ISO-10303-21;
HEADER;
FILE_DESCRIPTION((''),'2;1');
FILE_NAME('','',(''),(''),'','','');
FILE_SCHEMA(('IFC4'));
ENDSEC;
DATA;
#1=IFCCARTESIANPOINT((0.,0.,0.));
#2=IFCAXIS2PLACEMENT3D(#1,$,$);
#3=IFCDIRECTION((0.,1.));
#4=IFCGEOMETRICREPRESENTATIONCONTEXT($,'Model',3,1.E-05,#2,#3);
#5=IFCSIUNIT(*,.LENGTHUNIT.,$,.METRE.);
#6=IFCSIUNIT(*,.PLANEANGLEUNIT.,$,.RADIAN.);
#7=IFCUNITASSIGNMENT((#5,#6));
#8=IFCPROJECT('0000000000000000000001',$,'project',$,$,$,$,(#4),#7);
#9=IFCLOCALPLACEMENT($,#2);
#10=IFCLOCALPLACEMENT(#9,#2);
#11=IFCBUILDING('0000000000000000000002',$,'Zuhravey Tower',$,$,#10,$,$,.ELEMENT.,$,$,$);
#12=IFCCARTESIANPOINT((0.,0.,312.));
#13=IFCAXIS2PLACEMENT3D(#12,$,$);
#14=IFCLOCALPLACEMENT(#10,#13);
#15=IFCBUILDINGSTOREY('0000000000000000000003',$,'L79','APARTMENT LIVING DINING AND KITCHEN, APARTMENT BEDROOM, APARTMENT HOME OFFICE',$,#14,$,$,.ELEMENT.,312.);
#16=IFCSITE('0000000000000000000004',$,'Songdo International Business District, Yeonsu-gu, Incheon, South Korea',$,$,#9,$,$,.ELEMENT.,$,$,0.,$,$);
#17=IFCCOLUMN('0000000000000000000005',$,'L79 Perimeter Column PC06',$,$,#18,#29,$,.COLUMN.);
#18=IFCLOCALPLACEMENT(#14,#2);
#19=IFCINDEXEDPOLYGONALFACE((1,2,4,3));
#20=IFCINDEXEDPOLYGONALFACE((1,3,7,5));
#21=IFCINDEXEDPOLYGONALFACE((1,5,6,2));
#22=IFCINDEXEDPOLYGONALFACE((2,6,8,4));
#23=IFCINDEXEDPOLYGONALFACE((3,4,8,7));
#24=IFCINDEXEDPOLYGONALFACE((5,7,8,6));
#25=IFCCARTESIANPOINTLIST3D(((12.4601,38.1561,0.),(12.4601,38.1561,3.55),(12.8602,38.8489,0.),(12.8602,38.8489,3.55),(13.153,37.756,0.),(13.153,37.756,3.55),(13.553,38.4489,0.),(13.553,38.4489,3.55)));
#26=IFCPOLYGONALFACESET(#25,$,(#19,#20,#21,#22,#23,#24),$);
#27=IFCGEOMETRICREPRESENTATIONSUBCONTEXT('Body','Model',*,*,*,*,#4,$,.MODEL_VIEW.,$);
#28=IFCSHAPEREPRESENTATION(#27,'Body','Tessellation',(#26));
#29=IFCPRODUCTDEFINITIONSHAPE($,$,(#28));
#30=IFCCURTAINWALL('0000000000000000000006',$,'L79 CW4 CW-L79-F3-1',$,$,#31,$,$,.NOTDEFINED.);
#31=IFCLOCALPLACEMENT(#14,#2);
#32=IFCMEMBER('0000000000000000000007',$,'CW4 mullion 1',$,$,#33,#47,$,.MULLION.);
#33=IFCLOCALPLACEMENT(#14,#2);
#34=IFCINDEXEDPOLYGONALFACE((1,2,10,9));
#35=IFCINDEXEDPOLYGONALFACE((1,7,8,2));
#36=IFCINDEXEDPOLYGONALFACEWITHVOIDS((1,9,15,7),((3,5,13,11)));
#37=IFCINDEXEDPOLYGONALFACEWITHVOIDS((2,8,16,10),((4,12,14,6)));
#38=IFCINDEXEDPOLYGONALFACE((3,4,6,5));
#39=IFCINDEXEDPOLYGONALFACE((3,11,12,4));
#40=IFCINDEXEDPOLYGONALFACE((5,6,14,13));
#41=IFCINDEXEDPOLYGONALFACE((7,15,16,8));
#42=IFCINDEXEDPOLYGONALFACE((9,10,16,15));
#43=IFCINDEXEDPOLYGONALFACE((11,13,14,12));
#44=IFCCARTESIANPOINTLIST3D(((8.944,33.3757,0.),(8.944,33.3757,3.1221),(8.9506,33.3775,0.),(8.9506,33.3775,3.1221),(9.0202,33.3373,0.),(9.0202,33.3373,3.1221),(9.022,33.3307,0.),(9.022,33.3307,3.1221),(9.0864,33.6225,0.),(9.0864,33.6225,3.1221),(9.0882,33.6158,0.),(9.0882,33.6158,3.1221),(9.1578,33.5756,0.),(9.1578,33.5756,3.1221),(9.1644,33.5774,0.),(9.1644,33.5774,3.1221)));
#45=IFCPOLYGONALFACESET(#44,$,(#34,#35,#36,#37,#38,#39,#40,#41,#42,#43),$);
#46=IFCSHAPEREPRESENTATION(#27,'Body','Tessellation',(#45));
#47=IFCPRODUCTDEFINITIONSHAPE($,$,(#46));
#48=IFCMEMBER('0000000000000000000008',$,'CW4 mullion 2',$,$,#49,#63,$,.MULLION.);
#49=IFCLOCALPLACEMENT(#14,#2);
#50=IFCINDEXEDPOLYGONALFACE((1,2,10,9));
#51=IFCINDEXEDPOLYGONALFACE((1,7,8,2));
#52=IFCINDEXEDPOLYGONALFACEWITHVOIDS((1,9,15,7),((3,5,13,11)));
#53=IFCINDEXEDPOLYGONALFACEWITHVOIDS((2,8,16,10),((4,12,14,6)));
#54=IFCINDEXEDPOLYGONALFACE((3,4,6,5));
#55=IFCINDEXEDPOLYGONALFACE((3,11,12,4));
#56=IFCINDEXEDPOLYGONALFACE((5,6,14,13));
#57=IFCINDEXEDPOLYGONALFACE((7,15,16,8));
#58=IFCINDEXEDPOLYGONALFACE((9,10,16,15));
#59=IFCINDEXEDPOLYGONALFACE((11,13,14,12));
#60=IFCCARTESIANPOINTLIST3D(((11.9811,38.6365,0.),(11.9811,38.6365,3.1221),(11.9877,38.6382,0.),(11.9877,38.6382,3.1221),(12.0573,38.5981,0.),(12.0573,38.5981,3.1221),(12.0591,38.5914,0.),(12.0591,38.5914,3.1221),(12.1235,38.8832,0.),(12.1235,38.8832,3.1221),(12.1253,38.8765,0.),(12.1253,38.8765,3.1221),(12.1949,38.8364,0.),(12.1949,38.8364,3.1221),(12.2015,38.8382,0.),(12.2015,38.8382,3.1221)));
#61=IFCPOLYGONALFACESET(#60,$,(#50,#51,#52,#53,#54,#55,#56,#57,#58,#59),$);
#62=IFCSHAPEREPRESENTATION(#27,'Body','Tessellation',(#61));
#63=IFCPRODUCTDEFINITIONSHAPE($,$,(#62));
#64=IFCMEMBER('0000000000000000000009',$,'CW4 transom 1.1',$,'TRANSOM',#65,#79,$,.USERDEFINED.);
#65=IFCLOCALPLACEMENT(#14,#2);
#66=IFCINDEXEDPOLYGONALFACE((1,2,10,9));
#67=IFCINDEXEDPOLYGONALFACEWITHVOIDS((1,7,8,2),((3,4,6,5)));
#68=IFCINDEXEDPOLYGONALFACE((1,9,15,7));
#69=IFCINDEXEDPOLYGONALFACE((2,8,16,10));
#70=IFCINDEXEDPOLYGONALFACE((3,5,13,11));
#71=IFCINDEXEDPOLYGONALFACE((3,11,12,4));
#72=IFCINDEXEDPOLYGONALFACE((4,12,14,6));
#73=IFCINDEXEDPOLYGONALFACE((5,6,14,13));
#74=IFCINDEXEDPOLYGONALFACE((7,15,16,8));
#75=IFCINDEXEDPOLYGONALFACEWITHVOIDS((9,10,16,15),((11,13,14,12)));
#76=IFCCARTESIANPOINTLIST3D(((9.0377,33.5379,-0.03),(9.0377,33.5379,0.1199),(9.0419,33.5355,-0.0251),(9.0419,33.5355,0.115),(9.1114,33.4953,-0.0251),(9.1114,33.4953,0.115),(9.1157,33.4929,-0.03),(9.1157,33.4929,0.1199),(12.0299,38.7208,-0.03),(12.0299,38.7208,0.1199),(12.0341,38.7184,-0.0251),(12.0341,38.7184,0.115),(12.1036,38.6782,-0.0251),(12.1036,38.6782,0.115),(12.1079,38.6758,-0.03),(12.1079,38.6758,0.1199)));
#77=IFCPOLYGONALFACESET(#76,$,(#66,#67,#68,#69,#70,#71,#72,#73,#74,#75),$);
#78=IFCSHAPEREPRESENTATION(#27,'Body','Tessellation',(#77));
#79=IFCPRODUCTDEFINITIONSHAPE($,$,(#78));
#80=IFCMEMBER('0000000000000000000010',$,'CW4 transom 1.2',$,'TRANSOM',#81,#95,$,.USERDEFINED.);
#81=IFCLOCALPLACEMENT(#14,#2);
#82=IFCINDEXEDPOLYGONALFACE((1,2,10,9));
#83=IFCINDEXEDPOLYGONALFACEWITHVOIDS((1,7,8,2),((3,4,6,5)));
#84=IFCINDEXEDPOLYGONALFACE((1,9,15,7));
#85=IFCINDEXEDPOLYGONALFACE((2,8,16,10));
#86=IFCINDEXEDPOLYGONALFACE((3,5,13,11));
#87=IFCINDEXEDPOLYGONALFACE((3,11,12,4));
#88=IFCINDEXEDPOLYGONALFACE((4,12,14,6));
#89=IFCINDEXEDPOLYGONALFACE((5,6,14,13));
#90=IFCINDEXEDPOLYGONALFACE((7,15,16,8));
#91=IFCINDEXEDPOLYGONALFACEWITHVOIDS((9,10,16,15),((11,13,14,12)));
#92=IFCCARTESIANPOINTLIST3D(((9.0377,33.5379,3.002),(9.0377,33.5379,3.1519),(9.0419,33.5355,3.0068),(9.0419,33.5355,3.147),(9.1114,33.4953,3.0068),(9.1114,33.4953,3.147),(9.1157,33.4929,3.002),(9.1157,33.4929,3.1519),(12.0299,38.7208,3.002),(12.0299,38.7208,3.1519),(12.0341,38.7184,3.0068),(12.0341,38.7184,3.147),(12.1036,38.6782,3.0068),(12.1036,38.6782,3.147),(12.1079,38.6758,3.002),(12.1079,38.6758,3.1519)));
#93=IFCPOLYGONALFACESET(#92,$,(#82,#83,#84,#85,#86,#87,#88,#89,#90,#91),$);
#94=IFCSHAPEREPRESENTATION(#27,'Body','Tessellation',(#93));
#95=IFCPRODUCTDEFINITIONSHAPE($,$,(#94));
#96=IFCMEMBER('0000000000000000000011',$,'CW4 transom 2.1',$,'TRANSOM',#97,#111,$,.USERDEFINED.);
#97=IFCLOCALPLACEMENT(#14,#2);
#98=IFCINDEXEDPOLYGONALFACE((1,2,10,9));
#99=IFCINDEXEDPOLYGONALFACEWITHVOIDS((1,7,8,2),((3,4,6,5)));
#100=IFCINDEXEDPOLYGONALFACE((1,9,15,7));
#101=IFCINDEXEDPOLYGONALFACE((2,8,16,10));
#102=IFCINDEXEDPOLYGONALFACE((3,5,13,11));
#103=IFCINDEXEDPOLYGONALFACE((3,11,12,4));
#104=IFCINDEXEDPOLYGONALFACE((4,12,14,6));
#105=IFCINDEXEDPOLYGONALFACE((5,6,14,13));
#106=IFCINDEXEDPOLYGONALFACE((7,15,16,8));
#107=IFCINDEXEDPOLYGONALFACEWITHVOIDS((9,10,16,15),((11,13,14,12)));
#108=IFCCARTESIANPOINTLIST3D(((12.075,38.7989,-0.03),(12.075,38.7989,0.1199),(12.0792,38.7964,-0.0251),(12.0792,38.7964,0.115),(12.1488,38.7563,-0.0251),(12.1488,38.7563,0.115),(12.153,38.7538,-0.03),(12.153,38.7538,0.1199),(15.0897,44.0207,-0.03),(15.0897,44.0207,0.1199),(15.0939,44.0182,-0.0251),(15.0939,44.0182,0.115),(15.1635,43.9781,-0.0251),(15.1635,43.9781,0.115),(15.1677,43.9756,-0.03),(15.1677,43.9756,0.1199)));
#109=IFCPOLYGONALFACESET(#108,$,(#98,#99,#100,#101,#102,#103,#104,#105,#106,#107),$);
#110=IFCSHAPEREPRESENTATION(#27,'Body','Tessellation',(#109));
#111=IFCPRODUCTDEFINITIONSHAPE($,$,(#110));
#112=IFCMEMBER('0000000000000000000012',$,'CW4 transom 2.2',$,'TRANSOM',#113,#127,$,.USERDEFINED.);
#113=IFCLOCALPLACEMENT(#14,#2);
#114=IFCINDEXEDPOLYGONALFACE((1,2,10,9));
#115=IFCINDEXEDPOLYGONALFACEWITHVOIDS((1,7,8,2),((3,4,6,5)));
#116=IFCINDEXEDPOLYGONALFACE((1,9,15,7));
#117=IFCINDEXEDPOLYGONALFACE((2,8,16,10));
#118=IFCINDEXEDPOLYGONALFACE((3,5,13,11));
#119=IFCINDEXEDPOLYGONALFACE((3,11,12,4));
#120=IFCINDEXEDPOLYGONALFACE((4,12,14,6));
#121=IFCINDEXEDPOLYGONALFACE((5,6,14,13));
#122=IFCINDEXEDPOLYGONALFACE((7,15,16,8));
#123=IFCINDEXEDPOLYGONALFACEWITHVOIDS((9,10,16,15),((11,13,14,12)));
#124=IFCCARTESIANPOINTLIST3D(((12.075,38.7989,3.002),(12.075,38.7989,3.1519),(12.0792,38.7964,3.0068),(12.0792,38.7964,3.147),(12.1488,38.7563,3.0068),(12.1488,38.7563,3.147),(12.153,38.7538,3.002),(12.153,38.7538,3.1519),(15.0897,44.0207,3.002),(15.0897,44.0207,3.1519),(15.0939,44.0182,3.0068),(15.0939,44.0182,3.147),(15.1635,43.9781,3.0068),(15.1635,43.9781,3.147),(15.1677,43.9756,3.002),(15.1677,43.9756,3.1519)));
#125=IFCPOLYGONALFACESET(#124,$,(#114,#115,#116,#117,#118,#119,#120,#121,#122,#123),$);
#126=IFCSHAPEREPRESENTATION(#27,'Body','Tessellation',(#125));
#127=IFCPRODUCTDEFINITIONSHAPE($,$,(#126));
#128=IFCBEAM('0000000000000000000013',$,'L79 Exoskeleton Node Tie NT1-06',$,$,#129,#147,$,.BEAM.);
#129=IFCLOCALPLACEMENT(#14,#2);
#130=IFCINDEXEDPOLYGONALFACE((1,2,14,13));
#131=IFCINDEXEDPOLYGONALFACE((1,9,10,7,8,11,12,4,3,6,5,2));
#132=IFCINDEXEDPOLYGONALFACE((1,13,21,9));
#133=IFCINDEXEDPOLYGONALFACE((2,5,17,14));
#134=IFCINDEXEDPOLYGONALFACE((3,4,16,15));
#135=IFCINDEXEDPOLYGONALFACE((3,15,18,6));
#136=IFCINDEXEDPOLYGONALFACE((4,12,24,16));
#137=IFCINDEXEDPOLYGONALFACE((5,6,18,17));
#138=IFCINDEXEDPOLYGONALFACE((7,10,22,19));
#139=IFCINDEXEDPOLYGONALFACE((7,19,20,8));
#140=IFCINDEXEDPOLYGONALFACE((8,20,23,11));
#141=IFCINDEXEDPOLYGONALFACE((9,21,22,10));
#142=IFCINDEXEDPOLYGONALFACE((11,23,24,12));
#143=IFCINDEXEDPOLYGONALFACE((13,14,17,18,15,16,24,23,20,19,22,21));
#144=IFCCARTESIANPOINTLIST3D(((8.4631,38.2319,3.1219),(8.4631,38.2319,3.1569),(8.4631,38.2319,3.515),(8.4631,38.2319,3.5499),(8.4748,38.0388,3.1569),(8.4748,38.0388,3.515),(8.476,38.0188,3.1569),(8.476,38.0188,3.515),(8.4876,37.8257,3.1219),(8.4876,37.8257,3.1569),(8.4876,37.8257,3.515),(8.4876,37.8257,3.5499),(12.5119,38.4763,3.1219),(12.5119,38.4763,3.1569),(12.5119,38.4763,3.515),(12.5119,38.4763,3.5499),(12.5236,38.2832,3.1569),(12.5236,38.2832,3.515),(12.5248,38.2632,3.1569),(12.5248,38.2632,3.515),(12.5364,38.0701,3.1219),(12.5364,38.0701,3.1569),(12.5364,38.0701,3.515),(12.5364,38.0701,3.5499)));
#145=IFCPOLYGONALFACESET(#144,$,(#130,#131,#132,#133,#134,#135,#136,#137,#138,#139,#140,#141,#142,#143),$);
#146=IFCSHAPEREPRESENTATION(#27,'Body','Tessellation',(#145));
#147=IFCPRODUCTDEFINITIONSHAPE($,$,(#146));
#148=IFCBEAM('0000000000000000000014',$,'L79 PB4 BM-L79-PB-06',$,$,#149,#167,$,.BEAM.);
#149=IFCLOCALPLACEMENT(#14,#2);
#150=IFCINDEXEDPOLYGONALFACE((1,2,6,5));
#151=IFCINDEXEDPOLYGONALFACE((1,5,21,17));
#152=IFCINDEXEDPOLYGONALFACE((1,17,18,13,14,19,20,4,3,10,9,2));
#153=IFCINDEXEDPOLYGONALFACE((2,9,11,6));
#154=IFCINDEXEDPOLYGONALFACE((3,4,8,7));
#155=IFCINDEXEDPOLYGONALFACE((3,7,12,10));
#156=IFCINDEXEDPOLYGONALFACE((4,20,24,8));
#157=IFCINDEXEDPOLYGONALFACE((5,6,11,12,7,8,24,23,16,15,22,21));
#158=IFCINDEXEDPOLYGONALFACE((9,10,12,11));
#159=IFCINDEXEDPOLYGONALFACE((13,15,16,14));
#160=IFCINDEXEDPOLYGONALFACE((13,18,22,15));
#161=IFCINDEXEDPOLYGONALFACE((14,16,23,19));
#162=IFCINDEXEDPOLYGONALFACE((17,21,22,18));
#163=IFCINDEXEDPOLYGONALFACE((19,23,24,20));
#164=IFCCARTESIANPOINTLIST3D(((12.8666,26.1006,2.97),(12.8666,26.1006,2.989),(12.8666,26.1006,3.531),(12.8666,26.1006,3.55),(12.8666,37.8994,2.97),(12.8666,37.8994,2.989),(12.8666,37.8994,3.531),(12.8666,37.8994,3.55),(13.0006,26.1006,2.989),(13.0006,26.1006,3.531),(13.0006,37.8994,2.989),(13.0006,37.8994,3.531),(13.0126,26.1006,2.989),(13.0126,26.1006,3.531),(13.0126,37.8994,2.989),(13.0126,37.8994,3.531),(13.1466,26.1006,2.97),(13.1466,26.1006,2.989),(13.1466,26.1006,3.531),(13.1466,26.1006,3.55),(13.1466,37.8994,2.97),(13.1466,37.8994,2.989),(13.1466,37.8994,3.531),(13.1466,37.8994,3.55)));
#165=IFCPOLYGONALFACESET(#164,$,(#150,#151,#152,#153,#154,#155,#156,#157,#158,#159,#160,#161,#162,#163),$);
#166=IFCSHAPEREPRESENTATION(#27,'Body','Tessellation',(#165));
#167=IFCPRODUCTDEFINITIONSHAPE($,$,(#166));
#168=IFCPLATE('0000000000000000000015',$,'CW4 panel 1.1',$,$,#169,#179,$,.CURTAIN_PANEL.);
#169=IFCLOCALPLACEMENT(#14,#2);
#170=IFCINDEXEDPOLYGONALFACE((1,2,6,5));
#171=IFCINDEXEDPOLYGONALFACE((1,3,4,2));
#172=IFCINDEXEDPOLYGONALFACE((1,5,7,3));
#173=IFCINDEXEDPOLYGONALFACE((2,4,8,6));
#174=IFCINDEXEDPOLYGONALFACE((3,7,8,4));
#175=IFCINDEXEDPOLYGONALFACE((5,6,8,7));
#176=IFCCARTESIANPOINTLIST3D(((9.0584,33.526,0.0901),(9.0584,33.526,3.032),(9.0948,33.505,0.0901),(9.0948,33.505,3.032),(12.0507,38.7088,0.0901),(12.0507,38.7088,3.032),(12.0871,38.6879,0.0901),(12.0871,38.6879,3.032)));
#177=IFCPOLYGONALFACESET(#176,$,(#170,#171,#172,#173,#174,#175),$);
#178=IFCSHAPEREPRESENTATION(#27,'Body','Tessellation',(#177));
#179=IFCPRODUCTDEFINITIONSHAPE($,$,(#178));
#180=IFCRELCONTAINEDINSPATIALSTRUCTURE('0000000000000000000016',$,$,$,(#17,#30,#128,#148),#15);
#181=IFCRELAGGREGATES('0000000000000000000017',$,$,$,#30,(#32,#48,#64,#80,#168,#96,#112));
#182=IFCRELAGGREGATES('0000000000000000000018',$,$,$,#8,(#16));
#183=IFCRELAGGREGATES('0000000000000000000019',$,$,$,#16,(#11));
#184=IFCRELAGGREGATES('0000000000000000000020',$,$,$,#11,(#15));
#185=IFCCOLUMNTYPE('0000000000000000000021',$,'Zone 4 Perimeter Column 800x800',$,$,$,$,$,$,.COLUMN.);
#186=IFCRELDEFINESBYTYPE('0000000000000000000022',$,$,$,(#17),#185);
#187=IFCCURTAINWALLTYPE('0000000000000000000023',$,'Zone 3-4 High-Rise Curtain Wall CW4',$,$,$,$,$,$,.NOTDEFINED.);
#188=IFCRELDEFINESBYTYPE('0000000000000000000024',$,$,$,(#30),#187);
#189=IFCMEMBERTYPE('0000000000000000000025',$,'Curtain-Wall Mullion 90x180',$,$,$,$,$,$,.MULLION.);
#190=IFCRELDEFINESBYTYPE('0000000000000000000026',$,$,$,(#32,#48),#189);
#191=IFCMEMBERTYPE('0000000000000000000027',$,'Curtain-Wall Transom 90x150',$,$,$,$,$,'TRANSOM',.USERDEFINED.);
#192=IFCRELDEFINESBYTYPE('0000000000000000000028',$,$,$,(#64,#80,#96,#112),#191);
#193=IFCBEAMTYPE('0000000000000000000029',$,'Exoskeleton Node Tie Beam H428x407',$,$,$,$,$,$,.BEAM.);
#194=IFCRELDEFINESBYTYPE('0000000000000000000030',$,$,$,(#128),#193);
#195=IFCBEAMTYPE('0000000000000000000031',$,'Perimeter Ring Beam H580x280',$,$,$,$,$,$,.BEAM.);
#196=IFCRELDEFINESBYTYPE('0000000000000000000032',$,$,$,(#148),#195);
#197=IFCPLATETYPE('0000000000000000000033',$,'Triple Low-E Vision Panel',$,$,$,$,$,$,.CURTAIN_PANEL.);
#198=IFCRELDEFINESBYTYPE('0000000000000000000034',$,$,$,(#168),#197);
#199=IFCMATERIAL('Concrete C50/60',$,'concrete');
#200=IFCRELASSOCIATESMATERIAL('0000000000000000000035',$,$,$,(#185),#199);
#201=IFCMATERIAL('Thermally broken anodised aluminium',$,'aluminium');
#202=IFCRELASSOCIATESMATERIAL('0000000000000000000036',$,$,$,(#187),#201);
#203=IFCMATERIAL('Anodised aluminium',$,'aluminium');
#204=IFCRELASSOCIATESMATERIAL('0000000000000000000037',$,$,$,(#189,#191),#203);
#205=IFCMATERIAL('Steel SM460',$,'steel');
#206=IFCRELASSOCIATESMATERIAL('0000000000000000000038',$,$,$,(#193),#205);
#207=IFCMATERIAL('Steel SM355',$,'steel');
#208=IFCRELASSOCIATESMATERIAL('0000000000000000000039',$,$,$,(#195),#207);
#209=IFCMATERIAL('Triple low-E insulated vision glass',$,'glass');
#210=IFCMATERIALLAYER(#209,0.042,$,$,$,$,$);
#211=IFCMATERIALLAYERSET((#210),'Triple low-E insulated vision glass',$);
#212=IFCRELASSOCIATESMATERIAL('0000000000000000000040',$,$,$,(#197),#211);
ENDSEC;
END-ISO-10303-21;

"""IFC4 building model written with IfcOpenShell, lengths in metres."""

from ifc_helpers import new_model, si_unit, direction, frame, origin, origin_2d, place, context, subcontext, project, spatial, rectangle, hollow_rectangle, i_section, extrude, material, layer, layer_set, material_profile, profile_set, type_object, element, aggregate, save


model = new_model("IFC4")

# Units and contexts
model_context = context("Model", 3, precision=1e-05, world=origin(), true_north=direction((0.0, 1.0)))
body_context = subcontext(model_context, "Body", "Model", "MODEL_VIEW")
ifc_project = project(units=[si_unit("LENGTHUNIT", "METRE"), si_unit("PLANEANGLEUNIT", "RADIAN")], contexts=[model_context])

# Site, building, storey
site_placement = place(None, origin())
site = spatial("IfcSite", under=ifc_project, at=site_placement, Name="Songdo International Business District, Yeonsu-gu, Incheon, South Korea", CompositionType="ELEMENT", RefElevation=0.0)
building_placement = place(site_placement, origin())
building = spatial("IfcBuilding", under=site, at=building_placement, Name="Zuhravey Tower", CompositionType="ELEMENT")
storey_placement = place(building_placement, frame((0.0, 0.0, 312.0)))
storey = spatial("IfcBuildingStorey", under=building, at=storey_placement, Name="L79", Description="APARTMENT LIVING DINING AND KITCHEN, APARTMENT BEDROOM, APARTMENT HOME OFFICE", CompositionType="ELEMENT", Elevation=312.0)

# Column
ifc_material_1 = material(Name="Concrete C50/60", Category="concrete")
ifc_material_profile_1 = material_profile(ifc_material_1, rectangle(XDim=0.8, YDim=0.8, at=origin_2d()), Name="RC-800x800")
ifc_profile_set_1 = profile_set([ifc_material_profile_1], Name="Concrete C50/60")
column_type = type_object("IfcColumnType", Name="Zone 4 Perimeter Column 800x800", PredefinedType="COLUMN", material=ifc_profile_set_1)
column_placement = place(storey_placement, frame((13.0066, 38.3025, 0.0), z_axis=(0.0, 0.0, 1.0), x_axis=(-0.5, -0.866025, 0.0)))
element("IfcColumn", 1, at=column_placement, inside=storey, type_object=column_type, Name="L79 Perimeter Column PC06", PredefinedType="COLUMN", context=body_context, shape_type="SweptSolid", body=[
    extrude(rectangle(XDim=0.8, YDim=0.8, at=origin_2d()), origin(), (0.0, 0.0, 1.0), 3.55),
])

# Curtain wall, members
ifc_material_2 = material(Name="Thermally broken anodised aluminium", Category="aluminium")
curtain_wall_type = type_object("IfcCurtainWallType", Name="Zone 3-4 High-Rise Curtain Wall CW4", PredefinedType="NOTDEFINED", material=ifc_material_2)
curtain_wall_placement = place(storey_placement, origin())
curtain_wall = element("IfcCurtainWall", 2, at=curtain_wall_placement, inside=storey, type_object=curtain_wall_type, Name="L79 CW4 CW-L79-F3-1", PredefinedType="NOTDEFINED")
ifc_material_3 = material(Name="Anodised aluminium", Category="aluminium")
ifc_material_profile_2 = material_profile(ifc_material_3, hollow_rectangle(XDim=0.0901, YDim=0.2849, WallThickness=0.0049, at=origin_2d()), Name="ALU-RHS-90x285x5")
ifc_profile_set_2 = profile_set([ifc_material_profile_2], Name="Anodised aluminium")
member_type_1 = type_object("IfcMemberType", Name="Curtain-Wall Mullion 90x180", PredefinedType="MULLION", material=ifc_profile_set_2)
member_1_placement = place(storey_placement, frame((9.0542, 33.4766, 0.0), z_axis=(0.0, 0.0, 1.0), x_axis=(-0.866026, 0.5, 0.0)))
member_1 = element("IfcMember", 3, at=member_1_placement, type_object=member_type_1, Name="CW4 mullion 1", PredefinedType="MULLION", context=body_context, shape_type="SweptSolid", body=[
    extrude(hollow_rectangle(XDim=0.0901, YDim=0.2849, WallThickness=0.0049, at=origin_2d()), origin(), (0.0, 0.0, 1.0), 3.1221),
])
member_2_placement = place(storey_placement, frame((12.0913, 38.7373, 0.0), z_axis=(0.0, 0.0, 1.0), x_axis=(-0.866026, 0.5, 0.0)))
member_2 = element("IfcMember", 4, at=member_2_placement, type_object=member_type_1, Name="CW4 mullion 2", PredefinedType="MULLION", context=body_context, shape_type="SweptSolid", body=[
    extrude(hollow_rectangle(XDim=0.0901, YDim=0.2849, WallThickness=0.0049, at=origin_2d()), origin(), (0.0, 0.0, 1.0), 3.1221),
])
ifc_material_profile_3 = material_profile(ifc_material_3, hollow_rectangle(XDim=0.0901, YDim=0.1499, WallThickness=0.0049, at=origin_2d()), Name="ALU-RHS-90x150x5")
ifc_profile_set_3 = profile_set([ifc_material_profile_3], Name="Anodised aluminium")
member_type_2 = type_object("IfcMemberType", Name="Curtain-Wall Transom 90x150", ElementType="TRANSOM", PredefinedType="USERDEFINED", material=ifc_profile_set_3)
member_3_placement = place(storey_placement, frame((9.0767, 33.5154, 0.0449), z_axis=(0.499983, 0.866035, 0.0), x_axis=(-0.866035, 0.499983, 0.0)))
member_3 = element("IfcMember", 5, at=member_3_placement, type_object=member_type_2, Name="CW4 transom 1.1", ObjectType="TRANSOM", PredefinedType="USERDEFINED", context=body_context, shape_type="SweptSolid", body=[
    extrude(hollow_rectangle(XDim=0.0901, YDim=0.1499, WallThickness=0.0049, at=origin_2d()), origin(), (0.0, 0.0, 1.0), 5.9846),
])
member_4_placement = place(storey_placement, frame((9.0767, 33.5154, 3.0769), z_axis=(0.499983, 0.866035, 0.0), x_axis=(-0.866035, 0.499983, 0.0)))
member_4 = element("IfcMember", 6, at=member_4_placement, type_object=member_type_2, Name="CW4 transom 1.2", ObjectType="TRANSOM", PredefinedType="USERDEFINED", context=body_context, shape_type="SweptSolid", body=[
    extrude(hollow_rectangle(XDim=0.0901, YDim=0.1499, WallThickness=0.0049, at=origin_2d()), origin(), (0.0, 0.0, 1.0), 5.9846),
])
member_5_placement = place(storey_placement, frame((12.114, 38.7764, 0.0449), z_axis=(0.499989, 0.866032, 0.0), x_axis=(-0.866032, 0.499989, 0.0)))
member_5 = element("IfcMember", 7, at=member_5_placement, type_object=member_type_2, Name="CW4 transom 2.1", ObjectType="TRANSOM", PredefinedType="USERDEFINED", context=body_context, shape_type="SweptSolid", body=[
    extrude(hollow_rectangle(XDim=0.0901, YDim=0.1499, WallThickness=0.0049, at=origin_2d()), origin(), (0.0, 0.0, 1.0), 6.0295),
])
member_6_placement = place(storey_placement, frame((12.114, 38.7764, 3.0769), z_axis=(0.499989, 0.866032, 0.0), x_axis=(-0.866032, 0.499989, 0.0)))
member_6 = element("IfcMember", 8, at=member_6_placement, type_object=member_type_2, Name="CW4 transom 2.2", ObjectType="TRANSOM", PredefinedType="USERDEFINED", context=body_context, shape_type="SweptSolid", body=[
    extrude(hollow_rectangle(XDim=0.0901, YDim=0.1499, WallThickness=0.0049, at=origin_2d()), origin(), (0.0, 0.0, 1.0), 6.0295),
])

# Beams
ifc_material_4 = material(Name="Steel SM460", Category="steel")
ifc_material_profile_4 = material_profile(ifc_material_4, i_section(OverallWidth=0.407, OverallDepth=0.428, WebThickness=0.02, FlangeThickness=0.0349, at=origin_2d()), Name="H-428x407x20x35")
ifc_profile_set_4 = profile_set([ifc_material_profile_4], Name="Steel SM460")
beam_type_1 = type_object("IfcBeamType", Name="Exoskeleton Node Tie Beam H428x407", PredefinedType="BEAM", material=ifc_profile_set_4)
beam_1_placement = place(storey_placement, frame((12.5242, 38.2732, 3.3359), z_axis=(-0.998183, -0.06025, 0.0), x_axis=(0.06025, -0.998183, 0.0)))
element("IfcBeam", 9, at=beam_1_placement, inside=storey, type_object=beam_type_1, Name="L79 Exoskeleton Node Tie NT1-06", PredefinedType="BEAM", context=body_context, shape_type="SweptSolid", body=[
    extrude(i_section(OverallWidth=0.407, OverallDepth=0.428, WebThickness=0.02, FlangeThickness=0.0349, at=origin_2d()), origin(), (0.0, 0.0, 1.0), 4.0562),
])
ifc_material_5 = material(Name="Steel SM355", Category="steel")
ifc_material_profile_5 = material_profile(ifc_material_5, i_section(OverallWidth=0.28, OverallDepth=0.5801, WebThickness=0.012, FlangeThickness=0.019, at=origin_2d()), Name="H-580x280x12x19")
ifc_profile_set_5 = profile_set([ifc_material_profile_5], Name="Steel SM355")
beam_type_2 = type_object("IfcBeamType", Name="Perimeter Ring Beam H580x280", PredefinedType="BEAM", material=ifc_profile_set_5)
beam_2_placement = place(storey_placement, frame((13.0066, 37.8994, 3.26), z_axis=(0.0, -1.0, 0.0), x_axis=(1.0, 0.0, 0.0)))
element("IfcBeam", 10, at=beam_2_placement, inside=storey, type_object=beam_type_2, Name="L79 PB4 BM-L79-PB-06", PredefinedType="BEAM", context=body_context, shape_type="SweptSolid", body=[
    extrude(i_section(OverallWidth=0.28, OverallDepth=0.5801, WebThickness=0.012, FlangeThickness=0.019, at=origin_2d()), origin(), (0.0, 0.0, 1.0), 11.7988),
])

# Plate
ifc_material_6 = material(Name="Triple low-E insulated vision glass", Category="glass")
ifc_layer_1 = layer(ifc_material_6, 0.042)
ifc_layer_set_1 = layer_set([ifc_layer_1], Name="Triple low-E insulated vision glass")
plate_type = type_object("IfcPlateType", Name="Triple Low-E Vision Panel", PredefinedType="CURTAIN_PANEL", material=ifc_layer_set_1)
plate_placement = place(storey_placement, frame((10.5728, 36.1069, 0.0901), z_axis=(0.0, 0.0, 1.0), x_axis=(0.5, 0.866026, 0.0)))
plate = element("IfcPlate", 11, at=plate_placement, type_object=plate_type, Name="CW4 panel 1.1", PredefinedType="CURTAIN_PANEL", context=body_context, shape_type="SweptSolid", body=[
    extrude(rectangle(XDim=5.9846, YDim=0.042, at=origin_2d()), origin(), (0.0, 0.0, 1.0), 2.9419),
])
aggregate(curtain_wall, [member_1, member_2, member_3, member_4, plate, member_5, member_6])

save(model, "model.ifc")
